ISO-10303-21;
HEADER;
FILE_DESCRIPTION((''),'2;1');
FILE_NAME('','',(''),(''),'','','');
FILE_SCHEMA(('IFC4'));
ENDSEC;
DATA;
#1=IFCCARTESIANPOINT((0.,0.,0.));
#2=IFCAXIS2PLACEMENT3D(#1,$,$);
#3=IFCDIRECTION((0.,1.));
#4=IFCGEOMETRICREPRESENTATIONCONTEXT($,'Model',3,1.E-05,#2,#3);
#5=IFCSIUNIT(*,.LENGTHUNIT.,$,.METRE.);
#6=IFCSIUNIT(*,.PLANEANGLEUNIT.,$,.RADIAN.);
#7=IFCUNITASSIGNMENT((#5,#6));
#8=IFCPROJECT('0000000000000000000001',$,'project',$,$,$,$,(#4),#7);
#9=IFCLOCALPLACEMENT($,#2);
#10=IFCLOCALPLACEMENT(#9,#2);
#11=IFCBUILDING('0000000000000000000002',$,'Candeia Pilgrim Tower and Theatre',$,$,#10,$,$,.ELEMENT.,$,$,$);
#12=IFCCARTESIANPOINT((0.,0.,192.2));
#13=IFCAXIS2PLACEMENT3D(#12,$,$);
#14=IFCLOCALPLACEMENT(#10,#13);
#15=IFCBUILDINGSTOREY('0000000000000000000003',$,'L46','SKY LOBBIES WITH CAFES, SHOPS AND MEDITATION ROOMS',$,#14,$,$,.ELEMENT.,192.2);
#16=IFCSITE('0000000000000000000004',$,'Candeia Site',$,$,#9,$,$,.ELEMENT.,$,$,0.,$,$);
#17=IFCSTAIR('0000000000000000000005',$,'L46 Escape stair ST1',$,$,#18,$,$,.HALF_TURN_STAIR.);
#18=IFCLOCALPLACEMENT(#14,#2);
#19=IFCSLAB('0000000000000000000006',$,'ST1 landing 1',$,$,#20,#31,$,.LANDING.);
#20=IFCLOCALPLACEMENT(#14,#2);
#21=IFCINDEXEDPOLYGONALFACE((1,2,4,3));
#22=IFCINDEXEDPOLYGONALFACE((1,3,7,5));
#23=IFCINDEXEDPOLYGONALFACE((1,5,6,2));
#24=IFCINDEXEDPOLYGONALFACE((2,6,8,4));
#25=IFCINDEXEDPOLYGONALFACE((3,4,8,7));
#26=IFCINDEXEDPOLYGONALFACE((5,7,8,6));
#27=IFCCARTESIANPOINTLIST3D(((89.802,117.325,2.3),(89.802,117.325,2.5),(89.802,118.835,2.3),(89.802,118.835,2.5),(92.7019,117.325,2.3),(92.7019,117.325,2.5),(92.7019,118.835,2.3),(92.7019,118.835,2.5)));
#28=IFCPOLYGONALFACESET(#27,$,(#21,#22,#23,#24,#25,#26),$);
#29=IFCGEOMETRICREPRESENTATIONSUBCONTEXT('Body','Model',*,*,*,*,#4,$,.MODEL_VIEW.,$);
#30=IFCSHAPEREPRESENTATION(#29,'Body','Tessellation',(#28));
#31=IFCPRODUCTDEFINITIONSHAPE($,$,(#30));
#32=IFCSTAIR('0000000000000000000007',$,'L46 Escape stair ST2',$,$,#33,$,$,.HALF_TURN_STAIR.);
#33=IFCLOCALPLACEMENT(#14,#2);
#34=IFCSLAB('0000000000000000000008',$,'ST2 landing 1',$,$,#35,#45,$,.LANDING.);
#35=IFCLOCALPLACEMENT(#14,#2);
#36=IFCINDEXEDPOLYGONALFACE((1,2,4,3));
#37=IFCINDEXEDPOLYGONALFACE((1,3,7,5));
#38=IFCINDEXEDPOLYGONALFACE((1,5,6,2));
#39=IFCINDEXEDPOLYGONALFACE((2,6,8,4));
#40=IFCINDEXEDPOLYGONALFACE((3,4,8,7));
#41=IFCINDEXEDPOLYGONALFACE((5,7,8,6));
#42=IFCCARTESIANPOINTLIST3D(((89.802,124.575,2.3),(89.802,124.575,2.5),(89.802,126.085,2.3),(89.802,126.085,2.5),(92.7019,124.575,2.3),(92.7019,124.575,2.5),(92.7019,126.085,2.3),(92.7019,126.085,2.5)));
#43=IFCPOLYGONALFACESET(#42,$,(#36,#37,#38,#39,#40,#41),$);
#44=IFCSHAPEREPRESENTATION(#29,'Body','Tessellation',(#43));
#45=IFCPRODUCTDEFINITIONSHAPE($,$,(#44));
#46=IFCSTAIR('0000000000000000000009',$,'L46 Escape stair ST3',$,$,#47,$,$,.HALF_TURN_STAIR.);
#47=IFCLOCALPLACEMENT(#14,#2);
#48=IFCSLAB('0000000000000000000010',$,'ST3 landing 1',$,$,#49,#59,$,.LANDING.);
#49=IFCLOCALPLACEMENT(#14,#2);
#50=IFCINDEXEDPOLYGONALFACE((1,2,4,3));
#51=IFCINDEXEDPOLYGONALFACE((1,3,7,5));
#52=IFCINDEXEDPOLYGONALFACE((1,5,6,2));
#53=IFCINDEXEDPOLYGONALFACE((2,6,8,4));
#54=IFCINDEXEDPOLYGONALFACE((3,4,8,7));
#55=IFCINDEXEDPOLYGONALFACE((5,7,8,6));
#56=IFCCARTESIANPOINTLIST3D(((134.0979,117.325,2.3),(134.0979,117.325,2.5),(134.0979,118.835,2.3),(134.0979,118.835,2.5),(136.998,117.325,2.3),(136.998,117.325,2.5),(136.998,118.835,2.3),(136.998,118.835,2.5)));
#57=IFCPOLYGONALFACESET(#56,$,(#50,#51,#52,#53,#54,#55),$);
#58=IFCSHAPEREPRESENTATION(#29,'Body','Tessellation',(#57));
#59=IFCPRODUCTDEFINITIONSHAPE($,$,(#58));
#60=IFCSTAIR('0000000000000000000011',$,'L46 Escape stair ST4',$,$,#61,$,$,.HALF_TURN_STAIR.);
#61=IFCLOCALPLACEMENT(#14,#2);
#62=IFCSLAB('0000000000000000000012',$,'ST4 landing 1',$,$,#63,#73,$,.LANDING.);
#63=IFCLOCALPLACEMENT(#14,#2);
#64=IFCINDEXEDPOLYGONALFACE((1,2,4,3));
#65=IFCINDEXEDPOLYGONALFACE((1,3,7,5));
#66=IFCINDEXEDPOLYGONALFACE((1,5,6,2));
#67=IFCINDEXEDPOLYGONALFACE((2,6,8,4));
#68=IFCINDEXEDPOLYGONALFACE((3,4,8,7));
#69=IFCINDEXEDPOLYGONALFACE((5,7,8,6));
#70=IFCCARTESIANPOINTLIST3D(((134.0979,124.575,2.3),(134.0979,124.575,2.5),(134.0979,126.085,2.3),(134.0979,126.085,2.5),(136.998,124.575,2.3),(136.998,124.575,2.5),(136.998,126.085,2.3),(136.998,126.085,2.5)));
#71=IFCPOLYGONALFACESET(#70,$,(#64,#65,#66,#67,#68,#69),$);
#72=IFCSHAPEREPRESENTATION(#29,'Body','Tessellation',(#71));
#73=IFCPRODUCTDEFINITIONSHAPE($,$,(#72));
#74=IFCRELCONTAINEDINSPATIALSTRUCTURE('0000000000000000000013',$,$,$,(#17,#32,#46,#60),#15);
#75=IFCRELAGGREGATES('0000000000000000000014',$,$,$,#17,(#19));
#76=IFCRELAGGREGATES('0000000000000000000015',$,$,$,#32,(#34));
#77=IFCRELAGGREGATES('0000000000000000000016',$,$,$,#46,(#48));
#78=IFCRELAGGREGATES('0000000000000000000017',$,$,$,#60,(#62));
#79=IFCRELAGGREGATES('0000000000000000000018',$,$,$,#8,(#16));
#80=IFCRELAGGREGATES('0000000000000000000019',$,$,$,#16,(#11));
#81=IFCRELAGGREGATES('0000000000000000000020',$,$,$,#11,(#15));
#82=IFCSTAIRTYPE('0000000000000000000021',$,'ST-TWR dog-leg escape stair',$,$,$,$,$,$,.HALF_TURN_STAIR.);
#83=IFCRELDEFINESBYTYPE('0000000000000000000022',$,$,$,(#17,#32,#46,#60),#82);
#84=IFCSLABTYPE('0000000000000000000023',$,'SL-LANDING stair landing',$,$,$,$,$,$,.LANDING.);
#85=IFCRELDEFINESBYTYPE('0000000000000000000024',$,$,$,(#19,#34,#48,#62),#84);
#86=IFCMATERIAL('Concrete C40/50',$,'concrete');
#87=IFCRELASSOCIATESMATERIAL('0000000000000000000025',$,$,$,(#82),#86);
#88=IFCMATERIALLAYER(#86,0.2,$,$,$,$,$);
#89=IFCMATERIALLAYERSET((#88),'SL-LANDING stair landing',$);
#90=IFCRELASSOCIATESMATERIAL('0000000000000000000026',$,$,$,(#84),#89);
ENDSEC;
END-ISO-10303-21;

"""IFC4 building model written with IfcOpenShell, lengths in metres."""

from ifc_helpers import new_model, si_unit, direction, frame, origin, place, context, subcontext, project, spatial, polyline, outline, extrude, material, layer, layer_set, type_object, element, aggregate, save


model = new_model("IFC4")

# Units and contexts
model_context = context("Model", 3, precision=1e-05, world=origin(), true_north=direction((0.0, 1.0)))
body_context = subcontext(model_context, "Body", "Model", "MODEL_VIEW")
ifc_project = project(units=[si_unit("LENGTHUNIT", "METRE"), si_unit("PLANEANGLEUNIT", "RADIAN")], contexts=[model_context])

# Site, building, storey
site_placement = place(None, origin())
site = spatial("IfcSite", under=ifc_project, at=site_placement, Name="Candeia Site", CompositionType="ELEMENT", RefElevation=0.0)
building_placement = place(site_placement, origin())
building = spatial("IfcBuilding", under=site, at=building_placement, Name="Candeia Pilgrim Tower and Theatre", CompositionType="ELEMENT")
storey_placement = place(building_placement, frame((0.0, 0.0, 192.2)))
storey = spatial("IfcBuildingStorey", under=building, at=storey_placement, Name="L46", Description="SKY LOBBIES WITH CAFES, SHOPS AND MEDITATION ROOMS", CompositionType="ELEMENT", Elevation=192.2)

# Shared definitions
ifc_material_1 = material(Name="Concrete C40/50", Category="concrete")

# Stairs, slabs
stair_type = type_object("IfcStairType", Name="ST-TWR dog-leg escape stair", PredefinedType="HALF_TURN_STAIR", material=ifc_material_1)
stair_1_placement = place(storey_placement, origin())
stair_1 = element("IfcStair", 1, at=stair_1_placement, inside=storey, type_object=stair_type, Name="L46 Escape stair ST1", PredefinedType="HALF_TURN_STAIR")
ifc_layer_1 = layer(ifc_material_1, 0.2)
ifc_layer_set_1 = layer_set([ifc_layer_1], Name="SL-LANDING stair landing")
slab_type_1 = type_object("IfcSlabType", Name="SL-LANDING stair landing", PredefinedType="LANDING", material=ifc_layer_set_1)
slab_1_placement = place(storey_placement, frame((0.0, 0.0, 2.3)))
slab_1 = element("IfcSlab", 2, at=slab_1_placement, type_object=slab_type_1, Name="ST1 landing 1", PredefinedType="LANDING", context=body_context, shape_type="SweptSolid", body=[
    extrude(outline(polyline([(89.802, 118.835), (89.802, 117.325), (92.7019, 117.325), (92.7019, 118.835), (89.802, 118.835)])), origin(), (0.0, 0.0, 1.0), 0.2),
])
aggregate(stair_1, [slab_1])
stair_2_placement = place(storey_placement, origin())
stair_2 = element("IfcStair", 3, at=stair_2_placement, inside=storey, type_object=stair_type, Name="L46 Escape stair ST2", PredefinedType="HALF_TURN_STAIR")
slab_2_placement = place(storey_placement, frame((0.0, 0.0, 2.3)))
slab_2 = element("IfcSlab", 4, at=slab_2_placement, type_object=slab_type_1, Name="ST2 landing 1", PredefinedType="LANDING", context=body_context, shape_type="SweptSolid", body=[
    extrude(outline(polyline([(89.802, 126.085), (89.802, 124.575), (92.7019, 124.575), (92.7019, 126.085), (89.802, 126.085)])), origin(), (0.0, 0.0, 1.0), 0.2),
])
aggregate(stair_2, [slab_2])
stair_3_placement = place(storey_placement, origin())
stair_3 = element("IfcStair", 5, at=stair_3_placement, inside=storey, type_object=stair_type, Name="L46 Escape stair ST3", PredefinedType="HALF_TURN_STAIR")
slab_3_placement = place(storey_placement, frame((0.0, 0.0, 2.3)))
slab_3 = element("IfcSlab", 6, at=slab_3_placement, type_object=slab_type_1, Name="ST3 landing 1", PredefinedType="LANDING", context=body_context, shape_type="SweptSolid", body=[
    extrude(outline(polyline([(134.0979, 118.835), (134.0979, 117.325), (136.998, 117.325), (136.998, 118.835), (134.0979, 118.835)])), origin(), (0.0, 0.0, 1.0), 0.2),
])
aggregate(stair_3, [slab_3])
stair_4_placement = place(storey_placement, origin())
stair_4 = element("IfcStair", 7, at=stair_4_placement, inside=storey, type_object=stair_type, Name="L46 Escape stair ST4", PredefinedType="HALF_TURN_STAIR")
slab_4_placement = place(storey_placement, frame((0.0, 0.0, 2.3)))
slab_4 = element("IfcSlab", 8, at=slab_4_placement, type_object=slab_type_1, Name="ST4 landing 1", PredefinedType="LANDING", context=body_context, shape_type="SweptSolid", body=[
    extrude(outline(polyline([(134.0979, 126.085), (134.0979, 124.575), (136.998, 124.575), (136.998, 126.085), (134.0979, 126.085)])), origin(), (0.0, 0.0, 1.0), 0.2),
])
aggregate(stair_4, [slab_4])

save(model, "model.ifc")
